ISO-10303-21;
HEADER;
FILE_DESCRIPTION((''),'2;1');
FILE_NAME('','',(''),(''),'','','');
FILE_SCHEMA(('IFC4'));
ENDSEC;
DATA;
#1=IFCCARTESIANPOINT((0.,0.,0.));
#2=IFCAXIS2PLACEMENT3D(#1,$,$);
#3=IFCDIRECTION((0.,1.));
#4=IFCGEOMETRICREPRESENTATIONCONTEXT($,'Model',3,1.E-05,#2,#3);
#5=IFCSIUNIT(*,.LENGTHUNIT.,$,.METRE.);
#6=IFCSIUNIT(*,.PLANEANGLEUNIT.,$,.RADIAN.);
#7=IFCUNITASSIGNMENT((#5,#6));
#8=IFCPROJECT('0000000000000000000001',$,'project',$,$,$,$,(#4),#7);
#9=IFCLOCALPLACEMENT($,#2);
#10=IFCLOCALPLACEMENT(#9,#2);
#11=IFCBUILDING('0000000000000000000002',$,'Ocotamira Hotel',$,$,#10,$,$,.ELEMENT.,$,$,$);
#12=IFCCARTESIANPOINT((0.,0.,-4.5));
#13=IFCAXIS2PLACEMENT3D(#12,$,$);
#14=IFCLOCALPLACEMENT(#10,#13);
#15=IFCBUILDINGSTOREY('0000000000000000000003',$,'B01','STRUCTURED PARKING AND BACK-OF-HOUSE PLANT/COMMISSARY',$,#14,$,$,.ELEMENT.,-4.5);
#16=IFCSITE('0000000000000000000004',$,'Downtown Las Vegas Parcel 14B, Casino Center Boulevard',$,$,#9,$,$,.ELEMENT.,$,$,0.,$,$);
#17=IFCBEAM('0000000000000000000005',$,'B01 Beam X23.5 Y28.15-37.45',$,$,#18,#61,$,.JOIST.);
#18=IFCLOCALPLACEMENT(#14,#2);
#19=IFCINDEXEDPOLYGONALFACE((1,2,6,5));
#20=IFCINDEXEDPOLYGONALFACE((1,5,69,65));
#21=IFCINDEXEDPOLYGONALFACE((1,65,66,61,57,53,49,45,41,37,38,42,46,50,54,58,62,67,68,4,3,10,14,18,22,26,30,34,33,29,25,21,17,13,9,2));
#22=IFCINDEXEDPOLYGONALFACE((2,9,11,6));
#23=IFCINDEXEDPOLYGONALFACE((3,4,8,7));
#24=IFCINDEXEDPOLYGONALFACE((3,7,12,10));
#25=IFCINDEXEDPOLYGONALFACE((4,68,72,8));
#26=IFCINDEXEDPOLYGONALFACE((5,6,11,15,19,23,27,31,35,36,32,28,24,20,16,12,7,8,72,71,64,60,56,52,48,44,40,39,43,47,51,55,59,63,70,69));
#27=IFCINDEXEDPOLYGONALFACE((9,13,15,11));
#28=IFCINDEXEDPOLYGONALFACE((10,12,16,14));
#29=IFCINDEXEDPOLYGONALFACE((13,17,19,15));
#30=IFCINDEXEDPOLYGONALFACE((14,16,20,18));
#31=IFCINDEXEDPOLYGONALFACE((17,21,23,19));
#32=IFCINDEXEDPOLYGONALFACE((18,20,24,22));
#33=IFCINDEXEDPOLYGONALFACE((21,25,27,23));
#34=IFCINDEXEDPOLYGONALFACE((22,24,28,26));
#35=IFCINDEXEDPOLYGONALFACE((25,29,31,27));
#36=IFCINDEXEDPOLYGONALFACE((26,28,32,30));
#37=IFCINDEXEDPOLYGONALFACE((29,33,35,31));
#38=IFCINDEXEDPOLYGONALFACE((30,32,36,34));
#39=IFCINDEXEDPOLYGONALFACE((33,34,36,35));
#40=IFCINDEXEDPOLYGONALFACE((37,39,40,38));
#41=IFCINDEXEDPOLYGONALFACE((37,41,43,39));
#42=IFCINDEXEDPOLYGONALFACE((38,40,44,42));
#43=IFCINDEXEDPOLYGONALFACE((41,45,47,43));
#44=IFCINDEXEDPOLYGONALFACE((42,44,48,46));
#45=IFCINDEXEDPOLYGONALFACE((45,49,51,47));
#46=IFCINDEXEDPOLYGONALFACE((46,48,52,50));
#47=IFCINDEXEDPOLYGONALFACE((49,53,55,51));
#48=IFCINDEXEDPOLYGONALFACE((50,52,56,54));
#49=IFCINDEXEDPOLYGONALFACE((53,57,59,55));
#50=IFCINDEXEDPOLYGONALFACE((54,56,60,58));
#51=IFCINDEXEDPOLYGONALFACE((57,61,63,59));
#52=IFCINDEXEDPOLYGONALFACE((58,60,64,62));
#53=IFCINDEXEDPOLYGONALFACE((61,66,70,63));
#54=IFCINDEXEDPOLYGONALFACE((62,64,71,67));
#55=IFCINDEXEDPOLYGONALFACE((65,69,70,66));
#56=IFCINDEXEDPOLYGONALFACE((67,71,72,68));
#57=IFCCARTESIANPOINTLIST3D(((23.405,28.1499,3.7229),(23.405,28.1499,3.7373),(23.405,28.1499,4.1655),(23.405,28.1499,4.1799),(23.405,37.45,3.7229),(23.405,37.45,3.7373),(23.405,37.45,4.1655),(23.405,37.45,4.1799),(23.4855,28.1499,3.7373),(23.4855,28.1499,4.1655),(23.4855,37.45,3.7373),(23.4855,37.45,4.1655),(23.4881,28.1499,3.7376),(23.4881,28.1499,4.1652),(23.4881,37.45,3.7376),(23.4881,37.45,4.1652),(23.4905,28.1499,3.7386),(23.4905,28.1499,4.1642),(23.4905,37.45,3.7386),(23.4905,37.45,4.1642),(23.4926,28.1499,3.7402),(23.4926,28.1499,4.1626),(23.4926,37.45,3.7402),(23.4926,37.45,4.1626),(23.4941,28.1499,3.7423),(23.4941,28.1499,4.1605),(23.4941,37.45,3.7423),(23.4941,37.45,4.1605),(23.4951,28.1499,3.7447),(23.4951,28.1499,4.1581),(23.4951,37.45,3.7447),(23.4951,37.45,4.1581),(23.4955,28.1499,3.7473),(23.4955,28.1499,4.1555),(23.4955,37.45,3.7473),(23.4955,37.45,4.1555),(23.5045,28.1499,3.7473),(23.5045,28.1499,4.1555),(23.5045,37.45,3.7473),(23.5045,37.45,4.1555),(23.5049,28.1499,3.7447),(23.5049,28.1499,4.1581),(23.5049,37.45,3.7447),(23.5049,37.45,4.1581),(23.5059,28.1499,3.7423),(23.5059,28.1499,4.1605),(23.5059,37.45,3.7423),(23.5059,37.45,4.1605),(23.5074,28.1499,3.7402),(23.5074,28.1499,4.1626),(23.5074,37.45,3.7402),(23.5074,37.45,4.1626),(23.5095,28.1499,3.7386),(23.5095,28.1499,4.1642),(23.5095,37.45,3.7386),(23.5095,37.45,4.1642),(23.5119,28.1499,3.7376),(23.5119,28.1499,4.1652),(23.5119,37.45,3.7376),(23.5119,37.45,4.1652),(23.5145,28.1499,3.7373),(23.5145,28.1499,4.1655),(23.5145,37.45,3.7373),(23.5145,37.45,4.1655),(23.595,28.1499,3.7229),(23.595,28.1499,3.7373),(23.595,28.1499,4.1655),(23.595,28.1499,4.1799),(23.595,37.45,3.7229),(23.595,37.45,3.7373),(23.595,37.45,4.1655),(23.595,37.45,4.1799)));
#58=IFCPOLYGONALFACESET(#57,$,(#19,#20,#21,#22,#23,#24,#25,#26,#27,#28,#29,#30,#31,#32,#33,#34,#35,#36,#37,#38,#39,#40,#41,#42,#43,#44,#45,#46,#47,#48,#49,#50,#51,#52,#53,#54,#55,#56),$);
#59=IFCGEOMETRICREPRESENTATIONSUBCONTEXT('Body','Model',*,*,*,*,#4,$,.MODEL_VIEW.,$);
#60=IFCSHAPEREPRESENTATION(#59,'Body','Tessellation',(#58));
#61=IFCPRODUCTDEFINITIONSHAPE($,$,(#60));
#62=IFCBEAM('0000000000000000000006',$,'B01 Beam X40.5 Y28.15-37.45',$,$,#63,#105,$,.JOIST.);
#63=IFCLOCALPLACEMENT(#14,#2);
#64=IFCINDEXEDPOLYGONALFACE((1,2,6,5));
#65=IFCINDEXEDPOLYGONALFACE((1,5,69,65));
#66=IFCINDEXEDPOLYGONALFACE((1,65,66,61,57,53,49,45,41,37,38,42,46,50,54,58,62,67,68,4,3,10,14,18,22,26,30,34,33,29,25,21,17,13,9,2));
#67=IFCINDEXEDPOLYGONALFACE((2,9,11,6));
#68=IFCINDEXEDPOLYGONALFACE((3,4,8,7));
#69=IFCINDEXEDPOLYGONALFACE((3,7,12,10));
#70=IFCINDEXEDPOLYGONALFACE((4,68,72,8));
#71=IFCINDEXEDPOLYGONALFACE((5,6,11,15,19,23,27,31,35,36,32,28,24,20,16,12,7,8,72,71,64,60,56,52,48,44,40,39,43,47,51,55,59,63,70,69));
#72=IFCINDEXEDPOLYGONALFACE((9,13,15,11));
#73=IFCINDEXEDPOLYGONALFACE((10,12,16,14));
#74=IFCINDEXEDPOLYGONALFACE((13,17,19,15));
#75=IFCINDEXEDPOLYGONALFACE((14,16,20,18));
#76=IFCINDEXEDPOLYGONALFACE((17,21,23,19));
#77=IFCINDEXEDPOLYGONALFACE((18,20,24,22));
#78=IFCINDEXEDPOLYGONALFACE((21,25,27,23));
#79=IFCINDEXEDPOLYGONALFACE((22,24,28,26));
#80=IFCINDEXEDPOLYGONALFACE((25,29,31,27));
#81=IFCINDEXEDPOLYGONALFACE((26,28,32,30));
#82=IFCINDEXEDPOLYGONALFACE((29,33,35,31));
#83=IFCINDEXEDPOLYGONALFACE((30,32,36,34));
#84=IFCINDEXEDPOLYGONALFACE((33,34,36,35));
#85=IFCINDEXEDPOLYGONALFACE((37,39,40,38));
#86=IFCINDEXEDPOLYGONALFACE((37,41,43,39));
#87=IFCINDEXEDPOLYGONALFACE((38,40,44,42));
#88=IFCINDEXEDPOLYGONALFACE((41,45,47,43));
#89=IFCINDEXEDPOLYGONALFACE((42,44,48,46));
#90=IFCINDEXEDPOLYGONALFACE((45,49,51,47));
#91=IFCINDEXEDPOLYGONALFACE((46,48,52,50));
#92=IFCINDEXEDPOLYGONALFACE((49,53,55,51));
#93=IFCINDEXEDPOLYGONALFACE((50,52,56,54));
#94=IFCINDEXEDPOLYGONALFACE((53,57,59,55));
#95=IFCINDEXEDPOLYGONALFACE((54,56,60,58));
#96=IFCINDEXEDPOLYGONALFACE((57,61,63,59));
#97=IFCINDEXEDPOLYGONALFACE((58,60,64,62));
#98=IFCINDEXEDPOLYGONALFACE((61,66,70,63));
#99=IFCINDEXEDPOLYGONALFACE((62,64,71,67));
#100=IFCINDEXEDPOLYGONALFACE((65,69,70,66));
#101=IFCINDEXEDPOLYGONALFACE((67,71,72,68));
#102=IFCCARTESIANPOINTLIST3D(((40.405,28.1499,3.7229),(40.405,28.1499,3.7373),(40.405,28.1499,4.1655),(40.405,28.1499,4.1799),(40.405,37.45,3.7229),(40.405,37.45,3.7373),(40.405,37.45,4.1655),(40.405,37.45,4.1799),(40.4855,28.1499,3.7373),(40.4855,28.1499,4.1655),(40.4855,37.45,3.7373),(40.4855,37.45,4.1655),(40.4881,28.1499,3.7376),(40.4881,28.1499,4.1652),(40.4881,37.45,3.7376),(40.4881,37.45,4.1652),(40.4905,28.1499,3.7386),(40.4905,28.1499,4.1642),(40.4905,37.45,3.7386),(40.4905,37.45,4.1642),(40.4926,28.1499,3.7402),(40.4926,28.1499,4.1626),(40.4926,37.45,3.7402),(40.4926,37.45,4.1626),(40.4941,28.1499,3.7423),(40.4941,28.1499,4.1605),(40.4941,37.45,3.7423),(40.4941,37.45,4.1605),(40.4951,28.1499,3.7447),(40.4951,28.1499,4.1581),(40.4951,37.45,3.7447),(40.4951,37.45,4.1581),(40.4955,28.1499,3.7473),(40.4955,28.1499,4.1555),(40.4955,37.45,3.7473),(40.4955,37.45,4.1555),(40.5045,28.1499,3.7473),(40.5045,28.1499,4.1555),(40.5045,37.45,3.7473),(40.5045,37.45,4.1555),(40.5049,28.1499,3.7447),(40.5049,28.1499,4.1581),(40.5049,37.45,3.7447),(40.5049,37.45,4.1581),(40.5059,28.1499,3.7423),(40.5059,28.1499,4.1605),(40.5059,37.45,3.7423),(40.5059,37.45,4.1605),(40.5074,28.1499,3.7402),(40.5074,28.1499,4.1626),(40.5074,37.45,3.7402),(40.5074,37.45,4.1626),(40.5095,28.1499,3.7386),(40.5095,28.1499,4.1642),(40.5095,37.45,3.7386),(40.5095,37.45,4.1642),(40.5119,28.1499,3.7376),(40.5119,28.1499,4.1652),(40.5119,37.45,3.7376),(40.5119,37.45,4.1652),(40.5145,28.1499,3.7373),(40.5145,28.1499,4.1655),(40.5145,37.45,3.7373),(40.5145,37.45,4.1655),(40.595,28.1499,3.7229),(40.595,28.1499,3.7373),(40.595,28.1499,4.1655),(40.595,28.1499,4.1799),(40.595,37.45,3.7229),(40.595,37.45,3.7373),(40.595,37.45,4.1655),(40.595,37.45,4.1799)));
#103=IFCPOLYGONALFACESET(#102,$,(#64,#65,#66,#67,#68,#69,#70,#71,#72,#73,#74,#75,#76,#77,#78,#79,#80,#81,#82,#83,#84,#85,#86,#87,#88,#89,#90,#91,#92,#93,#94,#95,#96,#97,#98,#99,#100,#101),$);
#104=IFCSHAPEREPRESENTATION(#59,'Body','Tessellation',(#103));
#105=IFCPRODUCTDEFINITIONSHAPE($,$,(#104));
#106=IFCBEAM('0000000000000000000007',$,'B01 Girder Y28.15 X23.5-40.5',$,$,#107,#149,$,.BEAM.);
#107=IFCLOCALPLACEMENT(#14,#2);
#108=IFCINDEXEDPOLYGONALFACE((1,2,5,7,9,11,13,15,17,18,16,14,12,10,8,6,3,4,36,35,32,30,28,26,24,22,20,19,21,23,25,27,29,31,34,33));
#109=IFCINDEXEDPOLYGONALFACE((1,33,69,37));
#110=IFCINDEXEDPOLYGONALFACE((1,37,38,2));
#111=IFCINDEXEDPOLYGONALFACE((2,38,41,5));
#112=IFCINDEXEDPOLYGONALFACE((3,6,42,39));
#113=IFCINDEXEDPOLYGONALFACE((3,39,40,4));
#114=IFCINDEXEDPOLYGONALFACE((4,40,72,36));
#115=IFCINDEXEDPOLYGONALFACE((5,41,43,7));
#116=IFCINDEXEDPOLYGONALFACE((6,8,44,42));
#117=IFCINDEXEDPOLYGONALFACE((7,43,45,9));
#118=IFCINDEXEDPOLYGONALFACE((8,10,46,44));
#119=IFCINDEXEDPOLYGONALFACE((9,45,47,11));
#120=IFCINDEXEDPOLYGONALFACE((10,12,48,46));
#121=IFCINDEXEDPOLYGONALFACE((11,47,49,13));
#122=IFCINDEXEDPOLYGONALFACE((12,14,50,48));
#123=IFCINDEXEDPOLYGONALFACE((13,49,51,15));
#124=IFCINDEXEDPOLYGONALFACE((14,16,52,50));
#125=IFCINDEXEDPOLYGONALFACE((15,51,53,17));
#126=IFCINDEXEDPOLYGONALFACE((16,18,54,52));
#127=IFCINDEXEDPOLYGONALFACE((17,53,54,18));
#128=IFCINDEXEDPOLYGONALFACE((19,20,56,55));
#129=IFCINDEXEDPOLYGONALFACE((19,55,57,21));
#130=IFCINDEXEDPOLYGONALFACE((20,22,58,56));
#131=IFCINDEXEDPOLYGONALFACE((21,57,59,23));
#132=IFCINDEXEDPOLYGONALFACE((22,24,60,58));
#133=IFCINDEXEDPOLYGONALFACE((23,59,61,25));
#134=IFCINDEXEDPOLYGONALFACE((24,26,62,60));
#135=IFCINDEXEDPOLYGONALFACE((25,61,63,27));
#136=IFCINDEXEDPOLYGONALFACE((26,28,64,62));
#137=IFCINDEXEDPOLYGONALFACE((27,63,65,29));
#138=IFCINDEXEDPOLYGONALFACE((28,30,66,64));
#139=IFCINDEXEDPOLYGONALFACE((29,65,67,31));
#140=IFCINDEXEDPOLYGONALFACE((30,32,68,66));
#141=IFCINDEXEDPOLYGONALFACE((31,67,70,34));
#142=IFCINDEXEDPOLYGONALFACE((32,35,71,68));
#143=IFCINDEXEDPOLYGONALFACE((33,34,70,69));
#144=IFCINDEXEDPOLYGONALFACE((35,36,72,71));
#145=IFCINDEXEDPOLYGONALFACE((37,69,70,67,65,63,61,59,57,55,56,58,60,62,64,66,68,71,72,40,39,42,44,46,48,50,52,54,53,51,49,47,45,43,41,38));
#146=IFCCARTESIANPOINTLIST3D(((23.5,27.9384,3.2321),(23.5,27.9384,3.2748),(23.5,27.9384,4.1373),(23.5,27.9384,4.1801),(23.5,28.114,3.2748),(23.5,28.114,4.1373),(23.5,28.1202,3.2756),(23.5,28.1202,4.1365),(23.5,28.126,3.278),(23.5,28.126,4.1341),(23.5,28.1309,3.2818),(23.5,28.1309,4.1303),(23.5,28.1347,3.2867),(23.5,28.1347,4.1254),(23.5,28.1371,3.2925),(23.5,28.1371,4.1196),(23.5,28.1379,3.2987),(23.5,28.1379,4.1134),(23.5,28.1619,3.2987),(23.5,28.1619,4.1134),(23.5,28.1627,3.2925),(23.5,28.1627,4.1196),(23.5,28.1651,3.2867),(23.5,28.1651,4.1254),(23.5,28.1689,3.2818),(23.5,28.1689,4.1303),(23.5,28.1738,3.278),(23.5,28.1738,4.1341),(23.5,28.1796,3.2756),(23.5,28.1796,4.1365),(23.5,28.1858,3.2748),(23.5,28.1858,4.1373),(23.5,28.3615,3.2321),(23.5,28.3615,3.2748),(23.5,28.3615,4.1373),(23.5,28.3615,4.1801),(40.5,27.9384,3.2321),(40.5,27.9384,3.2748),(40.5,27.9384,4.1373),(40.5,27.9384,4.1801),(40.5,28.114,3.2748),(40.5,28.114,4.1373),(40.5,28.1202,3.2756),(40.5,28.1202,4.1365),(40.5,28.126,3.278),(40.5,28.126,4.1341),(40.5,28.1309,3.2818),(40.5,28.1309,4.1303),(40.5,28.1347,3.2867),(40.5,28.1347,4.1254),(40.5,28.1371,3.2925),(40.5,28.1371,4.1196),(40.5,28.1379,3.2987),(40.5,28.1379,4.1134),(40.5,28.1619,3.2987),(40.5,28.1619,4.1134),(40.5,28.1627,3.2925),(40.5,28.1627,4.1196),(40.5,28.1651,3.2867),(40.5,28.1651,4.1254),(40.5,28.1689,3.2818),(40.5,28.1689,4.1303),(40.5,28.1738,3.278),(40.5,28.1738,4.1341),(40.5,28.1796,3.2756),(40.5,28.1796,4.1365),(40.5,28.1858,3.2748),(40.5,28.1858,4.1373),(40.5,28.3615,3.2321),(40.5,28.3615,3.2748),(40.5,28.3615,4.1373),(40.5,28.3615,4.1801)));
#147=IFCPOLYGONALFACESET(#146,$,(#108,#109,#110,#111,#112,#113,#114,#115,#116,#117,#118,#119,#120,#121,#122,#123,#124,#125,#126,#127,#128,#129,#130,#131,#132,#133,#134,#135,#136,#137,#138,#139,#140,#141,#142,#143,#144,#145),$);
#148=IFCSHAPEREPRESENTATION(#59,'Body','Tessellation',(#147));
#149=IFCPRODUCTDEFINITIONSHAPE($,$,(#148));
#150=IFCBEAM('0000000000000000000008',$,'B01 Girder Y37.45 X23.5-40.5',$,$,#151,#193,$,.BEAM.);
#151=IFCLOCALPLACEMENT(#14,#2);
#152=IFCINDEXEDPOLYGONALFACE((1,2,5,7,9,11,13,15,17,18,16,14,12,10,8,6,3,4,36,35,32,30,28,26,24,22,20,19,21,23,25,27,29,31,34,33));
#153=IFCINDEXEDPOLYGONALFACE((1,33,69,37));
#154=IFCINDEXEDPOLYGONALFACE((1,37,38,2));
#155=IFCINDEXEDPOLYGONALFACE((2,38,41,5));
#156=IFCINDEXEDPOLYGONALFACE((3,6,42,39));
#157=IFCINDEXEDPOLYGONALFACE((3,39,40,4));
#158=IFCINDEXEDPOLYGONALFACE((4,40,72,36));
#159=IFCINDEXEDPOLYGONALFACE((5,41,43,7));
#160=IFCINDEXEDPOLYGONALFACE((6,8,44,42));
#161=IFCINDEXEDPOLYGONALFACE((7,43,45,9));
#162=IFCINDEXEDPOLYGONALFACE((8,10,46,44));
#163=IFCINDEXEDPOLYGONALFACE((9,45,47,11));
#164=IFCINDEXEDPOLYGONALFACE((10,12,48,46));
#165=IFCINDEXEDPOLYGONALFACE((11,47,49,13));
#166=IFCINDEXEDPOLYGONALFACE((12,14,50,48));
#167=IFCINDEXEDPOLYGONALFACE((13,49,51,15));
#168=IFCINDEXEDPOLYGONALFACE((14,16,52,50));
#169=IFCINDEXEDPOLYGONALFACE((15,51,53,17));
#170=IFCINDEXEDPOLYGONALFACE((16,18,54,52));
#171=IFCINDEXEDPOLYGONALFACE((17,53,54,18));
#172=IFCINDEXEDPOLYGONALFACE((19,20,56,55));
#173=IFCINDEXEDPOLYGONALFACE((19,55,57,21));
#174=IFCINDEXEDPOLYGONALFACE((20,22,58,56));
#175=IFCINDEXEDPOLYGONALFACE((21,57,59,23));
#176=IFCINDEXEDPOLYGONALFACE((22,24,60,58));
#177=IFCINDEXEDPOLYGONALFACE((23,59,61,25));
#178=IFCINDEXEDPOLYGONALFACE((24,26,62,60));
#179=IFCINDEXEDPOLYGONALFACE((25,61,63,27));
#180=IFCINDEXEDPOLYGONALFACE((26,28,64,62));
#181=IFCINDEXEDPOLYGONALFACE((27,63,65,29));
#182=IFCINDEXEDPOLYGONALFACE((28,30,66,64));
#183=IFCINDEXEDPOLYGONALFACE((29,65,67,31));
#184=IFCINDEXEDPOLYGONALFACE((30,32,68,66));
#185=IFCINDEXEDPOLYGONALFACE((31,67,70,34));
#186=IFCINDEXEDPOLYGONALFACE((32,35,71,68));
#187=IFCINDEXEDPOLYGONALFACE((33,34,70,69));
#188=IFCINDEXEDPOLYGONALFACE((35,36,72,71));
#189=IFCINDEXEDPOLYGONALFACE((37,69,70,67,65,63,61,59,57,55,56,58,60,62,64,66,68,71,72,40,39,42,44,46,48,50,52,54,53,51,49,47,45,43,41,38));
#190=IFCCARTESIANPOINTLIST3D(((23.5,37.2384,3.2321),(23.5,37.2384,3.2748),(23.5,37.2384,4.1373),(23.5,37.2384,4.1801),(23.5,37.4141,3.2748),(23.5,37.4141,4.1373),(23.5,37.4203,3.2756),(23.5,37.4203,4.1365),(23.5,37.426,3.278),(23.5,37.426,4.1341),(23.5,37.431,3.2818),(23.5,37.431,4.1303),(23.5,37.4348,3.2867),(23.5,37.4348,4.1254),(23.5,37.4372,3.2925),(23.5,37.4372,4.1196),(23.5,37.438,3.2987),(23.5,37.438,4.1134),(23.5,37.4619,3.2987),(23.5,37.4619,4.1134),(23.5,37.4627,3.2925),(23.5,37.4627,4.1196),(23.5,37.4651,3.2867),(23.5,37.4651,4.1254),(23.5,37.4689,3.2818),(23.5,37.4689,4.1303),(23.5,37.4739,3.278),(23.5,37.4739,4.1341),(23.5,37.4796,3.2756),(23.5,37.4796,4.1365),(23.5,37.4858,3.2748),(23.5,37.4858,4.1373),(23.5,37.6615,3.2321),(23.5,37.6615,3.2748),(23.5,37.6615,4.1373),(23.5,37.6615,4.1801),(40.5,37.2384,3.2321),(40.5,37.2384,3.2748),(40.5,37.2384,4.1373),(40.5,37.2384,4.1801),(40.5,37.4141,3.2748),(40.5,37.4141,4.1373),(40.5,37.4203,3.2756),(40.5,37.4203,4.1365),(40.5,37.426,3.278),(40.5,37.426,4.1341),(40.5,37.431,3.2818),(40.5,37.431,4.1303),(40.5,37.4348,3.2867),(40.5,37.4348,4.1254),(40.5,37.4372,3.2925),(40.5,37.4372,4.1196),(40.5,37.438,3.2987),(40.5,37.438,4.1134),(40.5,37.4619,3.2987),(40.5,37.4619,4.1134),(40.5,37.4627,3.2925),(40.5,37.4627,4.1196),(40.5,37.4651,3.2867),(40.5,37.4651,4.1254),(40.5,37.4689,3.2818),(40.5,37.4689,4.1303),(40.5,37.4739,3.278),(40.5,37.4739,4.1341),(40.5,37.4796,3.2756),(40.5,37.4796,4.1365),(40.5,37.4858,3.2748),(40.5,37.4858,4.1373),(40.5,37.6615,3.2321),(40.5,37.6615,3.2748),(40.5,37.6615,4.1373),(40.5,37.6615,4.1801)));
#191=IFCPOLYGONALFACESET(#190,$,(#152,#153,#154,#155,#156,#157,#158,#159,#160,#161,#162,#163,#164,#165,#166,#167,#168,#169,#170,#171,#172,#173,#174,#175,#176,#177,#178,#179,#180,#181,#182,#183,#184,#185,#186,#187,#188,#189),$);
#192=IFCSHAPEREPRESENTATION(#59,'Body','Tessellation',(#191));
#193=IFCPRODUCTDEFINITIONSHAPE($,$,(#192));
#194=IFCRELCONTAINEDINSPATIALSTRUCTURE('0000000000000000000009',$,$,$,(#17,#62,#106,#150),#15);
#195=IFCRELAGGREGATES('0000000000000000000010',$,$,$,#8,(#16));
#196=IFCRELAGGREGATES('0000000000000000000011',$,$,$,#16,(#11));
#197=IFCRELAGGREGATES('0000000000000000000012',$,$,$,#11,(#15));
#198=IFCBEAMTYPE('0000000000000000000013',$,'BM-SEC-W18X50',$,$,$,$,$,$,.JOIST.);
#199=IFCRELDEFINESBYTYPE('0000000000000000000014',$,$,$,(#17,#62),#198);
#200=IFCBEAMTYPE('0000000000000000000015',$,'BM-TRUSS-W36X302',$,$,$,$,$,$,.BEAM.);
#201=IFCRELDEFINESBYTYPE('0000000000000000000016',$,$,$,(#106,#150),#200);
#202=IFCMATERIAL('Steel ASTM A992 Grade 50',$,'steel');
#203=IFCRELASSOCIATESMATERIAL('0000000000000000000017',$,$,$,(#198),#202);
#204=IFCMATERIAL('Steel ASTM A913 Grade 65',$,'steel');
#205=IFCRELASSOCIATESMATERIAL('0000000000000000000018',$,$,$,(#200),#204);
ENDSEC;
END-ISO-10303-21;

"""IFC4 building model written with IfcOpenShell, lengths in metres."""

from ifc_helpers import new_model, si_unit, direction, frame, origin, origin_2d, place, context, subcontext, project, spatial, i_section, extrude, source, transform, mapped, material, material_profile, profile_set, type_object, element, save


model = new_model("IFC4")

# Units and contexts
model_context = context("Model", 3, precision=1e-05, world=origin(), true_north=direction((0.0, 1.0)))
body_context = subcontext(model_context, "Body", "Model", "MODEL_VIEW")
ifc_project = project(units=[si_unit("LENGTHUNIT", "METRE"), si_unit("PLANEANGLEUNIT", "RADIAN")], contexts=[model_context])

# Site, building, storey
site_placement = place(None, origin())
site = spatial("IfcSite", under=ifc_project, at=site_placement, Name="Downtown Las Vegas Parcel 14B, Casino Center Boulevard", CompositionType="ELEMENT", RefElevation=0.0)
building_placement = place(site_placement, origin())
building = spatial("IfcBuilding", under=site, at=building_placement, Name="Ocotamira Hotel", CompositionType="ELEMENT")
storey_placement = place(building_placement, frame((0.0, 0.0, -4.5)))
storey = spatial("IfcBuildingStorey", under=building, at=storey_placement, Name="B01", Description="STRUCTURED PARKING AND BACK-OF-HOUSE PLANT/COMMISSARY", CompositionType="ELEMENT", Elevation=-4.5)

# Beams
ifc_material_1 = material(Name="Steel ASTM A992 Grade 50", Category="steel")
ifc_material_profile_1 = material_profile(ifc_material_1, i_section(OverallWidth=0.1899, OverallDepth=0.457, WebThickness=0.009, FlangeThickness=0.0144, FilletRadius=0.01, at=origin_2d()), Name="W18X50")
ifc_profile_set_1 = profile_set([ifc_material_profile_1], Name="Steel ASTM A992 Grade 50")
beam_type_1 = type_object("IfcBeamType", Name="BM-SEC-W18X50", PredefinedType="JOIST", material=ifc_profile_set_1)
shared_shape_1 = source(origin(), body_context, "Body", "SweptSolid", [
    extrude(i_section(OverallWidth=0.1899, OverallDepth=0.457, WebThickness=0.009, FlangeThickness=0.0144, FilletRadius=0.01, at=origin_2d()), origin(), (0.0, 0.0, 1.0), 9.3),
])
for number, where, z_axis, x_axis, name in (
    (1, (23.5, 28.1499, 3.9514), (0.0, 1.0, 0.0), (-1.0, 0.0, 0.0), "B01 Beam X23.5 Y28.15-37.45"),
    (2, (40.5, 28.1499, 3.9514), (0.0, 1.0, 0.0), (-1.0, 0.0, 0.0), "B01 Beam X40.5 Y28.15-37.45"),
):
    element("IfcBeam", number, at=place(storey_placement, frame(where, z_axis=z_axis, x_axis=x_axis)), inside=storey, type_object=beam_type_1, Name=name, PredefinedType="JOIST", context=body_context, shape_type="MappedRepresentation", body=[
        mapped(shared_shape_1, transform((0.0, 0.0, 0.0), scale=1.0)),
    ])
ifc_material_2 = material(Name="Steel ASTM A913 Grade 65", Category="steel")
ifc_material_profile_2 = material_profile(ifc_material_2, i_section(OverallWidth=0.4231, OverallDepth=0.948, WebThickness=0.0239, FlangeThickness=0.0427, FilletRadius=0.0239, at=origin_2d()), Name="W36X302")
ifc_profile_set_2 = profile_set([ifc_material_profile_2], Name="Steel ASTM A913 Grade 65")
beam_type_2 = type_object("IfcBeamType", Name="BM-TRUSS-W36X302", PredefinedType="BEAM", material=ifc_profile_set_2)
shared_shape_2 = source(origin(), body_context, "Body", "SweptSolid", [
    extrude(i_section(OverallWidth=0.4231, OverallDepth=0.948, WebThickness=0.0239, FlangeThickness=0.0427, FilletRadius=0.0239, at=origin_2d()), origin(), (0.0, 0.0, 1.0), 17.0),
])
for number, where, z_axis, x_axis, name in (
    (3, (23.5, 28.1499, 3.7061), (1.0, 0.0, 0.0), (0.0, 1.0, 0.0), "B01 Girder Y28.15 X23.5-40.5"),
    (4, (23.5, 37.45, 3.7061), (1.0, 0.0, 0.0), (0.0, 1.0, 0.0), "B01 Girder Y37.45 X23.5-40.5"),
):
    element("IfcBeam", number, at=place(storey_placement, frame(where, z_axis=z_axis, x_axis=x_axis)), inside=storey, type_object=beam_type_2, Name=name, PredefinedType="BEAM", context=body_context, shape_type="MappedRepresentation", body=[
        mapped(shared_shape_2, transform((0.0, 0.0, 0.0), scale=1.0)),
    ])

save(model, "model.ifc")
